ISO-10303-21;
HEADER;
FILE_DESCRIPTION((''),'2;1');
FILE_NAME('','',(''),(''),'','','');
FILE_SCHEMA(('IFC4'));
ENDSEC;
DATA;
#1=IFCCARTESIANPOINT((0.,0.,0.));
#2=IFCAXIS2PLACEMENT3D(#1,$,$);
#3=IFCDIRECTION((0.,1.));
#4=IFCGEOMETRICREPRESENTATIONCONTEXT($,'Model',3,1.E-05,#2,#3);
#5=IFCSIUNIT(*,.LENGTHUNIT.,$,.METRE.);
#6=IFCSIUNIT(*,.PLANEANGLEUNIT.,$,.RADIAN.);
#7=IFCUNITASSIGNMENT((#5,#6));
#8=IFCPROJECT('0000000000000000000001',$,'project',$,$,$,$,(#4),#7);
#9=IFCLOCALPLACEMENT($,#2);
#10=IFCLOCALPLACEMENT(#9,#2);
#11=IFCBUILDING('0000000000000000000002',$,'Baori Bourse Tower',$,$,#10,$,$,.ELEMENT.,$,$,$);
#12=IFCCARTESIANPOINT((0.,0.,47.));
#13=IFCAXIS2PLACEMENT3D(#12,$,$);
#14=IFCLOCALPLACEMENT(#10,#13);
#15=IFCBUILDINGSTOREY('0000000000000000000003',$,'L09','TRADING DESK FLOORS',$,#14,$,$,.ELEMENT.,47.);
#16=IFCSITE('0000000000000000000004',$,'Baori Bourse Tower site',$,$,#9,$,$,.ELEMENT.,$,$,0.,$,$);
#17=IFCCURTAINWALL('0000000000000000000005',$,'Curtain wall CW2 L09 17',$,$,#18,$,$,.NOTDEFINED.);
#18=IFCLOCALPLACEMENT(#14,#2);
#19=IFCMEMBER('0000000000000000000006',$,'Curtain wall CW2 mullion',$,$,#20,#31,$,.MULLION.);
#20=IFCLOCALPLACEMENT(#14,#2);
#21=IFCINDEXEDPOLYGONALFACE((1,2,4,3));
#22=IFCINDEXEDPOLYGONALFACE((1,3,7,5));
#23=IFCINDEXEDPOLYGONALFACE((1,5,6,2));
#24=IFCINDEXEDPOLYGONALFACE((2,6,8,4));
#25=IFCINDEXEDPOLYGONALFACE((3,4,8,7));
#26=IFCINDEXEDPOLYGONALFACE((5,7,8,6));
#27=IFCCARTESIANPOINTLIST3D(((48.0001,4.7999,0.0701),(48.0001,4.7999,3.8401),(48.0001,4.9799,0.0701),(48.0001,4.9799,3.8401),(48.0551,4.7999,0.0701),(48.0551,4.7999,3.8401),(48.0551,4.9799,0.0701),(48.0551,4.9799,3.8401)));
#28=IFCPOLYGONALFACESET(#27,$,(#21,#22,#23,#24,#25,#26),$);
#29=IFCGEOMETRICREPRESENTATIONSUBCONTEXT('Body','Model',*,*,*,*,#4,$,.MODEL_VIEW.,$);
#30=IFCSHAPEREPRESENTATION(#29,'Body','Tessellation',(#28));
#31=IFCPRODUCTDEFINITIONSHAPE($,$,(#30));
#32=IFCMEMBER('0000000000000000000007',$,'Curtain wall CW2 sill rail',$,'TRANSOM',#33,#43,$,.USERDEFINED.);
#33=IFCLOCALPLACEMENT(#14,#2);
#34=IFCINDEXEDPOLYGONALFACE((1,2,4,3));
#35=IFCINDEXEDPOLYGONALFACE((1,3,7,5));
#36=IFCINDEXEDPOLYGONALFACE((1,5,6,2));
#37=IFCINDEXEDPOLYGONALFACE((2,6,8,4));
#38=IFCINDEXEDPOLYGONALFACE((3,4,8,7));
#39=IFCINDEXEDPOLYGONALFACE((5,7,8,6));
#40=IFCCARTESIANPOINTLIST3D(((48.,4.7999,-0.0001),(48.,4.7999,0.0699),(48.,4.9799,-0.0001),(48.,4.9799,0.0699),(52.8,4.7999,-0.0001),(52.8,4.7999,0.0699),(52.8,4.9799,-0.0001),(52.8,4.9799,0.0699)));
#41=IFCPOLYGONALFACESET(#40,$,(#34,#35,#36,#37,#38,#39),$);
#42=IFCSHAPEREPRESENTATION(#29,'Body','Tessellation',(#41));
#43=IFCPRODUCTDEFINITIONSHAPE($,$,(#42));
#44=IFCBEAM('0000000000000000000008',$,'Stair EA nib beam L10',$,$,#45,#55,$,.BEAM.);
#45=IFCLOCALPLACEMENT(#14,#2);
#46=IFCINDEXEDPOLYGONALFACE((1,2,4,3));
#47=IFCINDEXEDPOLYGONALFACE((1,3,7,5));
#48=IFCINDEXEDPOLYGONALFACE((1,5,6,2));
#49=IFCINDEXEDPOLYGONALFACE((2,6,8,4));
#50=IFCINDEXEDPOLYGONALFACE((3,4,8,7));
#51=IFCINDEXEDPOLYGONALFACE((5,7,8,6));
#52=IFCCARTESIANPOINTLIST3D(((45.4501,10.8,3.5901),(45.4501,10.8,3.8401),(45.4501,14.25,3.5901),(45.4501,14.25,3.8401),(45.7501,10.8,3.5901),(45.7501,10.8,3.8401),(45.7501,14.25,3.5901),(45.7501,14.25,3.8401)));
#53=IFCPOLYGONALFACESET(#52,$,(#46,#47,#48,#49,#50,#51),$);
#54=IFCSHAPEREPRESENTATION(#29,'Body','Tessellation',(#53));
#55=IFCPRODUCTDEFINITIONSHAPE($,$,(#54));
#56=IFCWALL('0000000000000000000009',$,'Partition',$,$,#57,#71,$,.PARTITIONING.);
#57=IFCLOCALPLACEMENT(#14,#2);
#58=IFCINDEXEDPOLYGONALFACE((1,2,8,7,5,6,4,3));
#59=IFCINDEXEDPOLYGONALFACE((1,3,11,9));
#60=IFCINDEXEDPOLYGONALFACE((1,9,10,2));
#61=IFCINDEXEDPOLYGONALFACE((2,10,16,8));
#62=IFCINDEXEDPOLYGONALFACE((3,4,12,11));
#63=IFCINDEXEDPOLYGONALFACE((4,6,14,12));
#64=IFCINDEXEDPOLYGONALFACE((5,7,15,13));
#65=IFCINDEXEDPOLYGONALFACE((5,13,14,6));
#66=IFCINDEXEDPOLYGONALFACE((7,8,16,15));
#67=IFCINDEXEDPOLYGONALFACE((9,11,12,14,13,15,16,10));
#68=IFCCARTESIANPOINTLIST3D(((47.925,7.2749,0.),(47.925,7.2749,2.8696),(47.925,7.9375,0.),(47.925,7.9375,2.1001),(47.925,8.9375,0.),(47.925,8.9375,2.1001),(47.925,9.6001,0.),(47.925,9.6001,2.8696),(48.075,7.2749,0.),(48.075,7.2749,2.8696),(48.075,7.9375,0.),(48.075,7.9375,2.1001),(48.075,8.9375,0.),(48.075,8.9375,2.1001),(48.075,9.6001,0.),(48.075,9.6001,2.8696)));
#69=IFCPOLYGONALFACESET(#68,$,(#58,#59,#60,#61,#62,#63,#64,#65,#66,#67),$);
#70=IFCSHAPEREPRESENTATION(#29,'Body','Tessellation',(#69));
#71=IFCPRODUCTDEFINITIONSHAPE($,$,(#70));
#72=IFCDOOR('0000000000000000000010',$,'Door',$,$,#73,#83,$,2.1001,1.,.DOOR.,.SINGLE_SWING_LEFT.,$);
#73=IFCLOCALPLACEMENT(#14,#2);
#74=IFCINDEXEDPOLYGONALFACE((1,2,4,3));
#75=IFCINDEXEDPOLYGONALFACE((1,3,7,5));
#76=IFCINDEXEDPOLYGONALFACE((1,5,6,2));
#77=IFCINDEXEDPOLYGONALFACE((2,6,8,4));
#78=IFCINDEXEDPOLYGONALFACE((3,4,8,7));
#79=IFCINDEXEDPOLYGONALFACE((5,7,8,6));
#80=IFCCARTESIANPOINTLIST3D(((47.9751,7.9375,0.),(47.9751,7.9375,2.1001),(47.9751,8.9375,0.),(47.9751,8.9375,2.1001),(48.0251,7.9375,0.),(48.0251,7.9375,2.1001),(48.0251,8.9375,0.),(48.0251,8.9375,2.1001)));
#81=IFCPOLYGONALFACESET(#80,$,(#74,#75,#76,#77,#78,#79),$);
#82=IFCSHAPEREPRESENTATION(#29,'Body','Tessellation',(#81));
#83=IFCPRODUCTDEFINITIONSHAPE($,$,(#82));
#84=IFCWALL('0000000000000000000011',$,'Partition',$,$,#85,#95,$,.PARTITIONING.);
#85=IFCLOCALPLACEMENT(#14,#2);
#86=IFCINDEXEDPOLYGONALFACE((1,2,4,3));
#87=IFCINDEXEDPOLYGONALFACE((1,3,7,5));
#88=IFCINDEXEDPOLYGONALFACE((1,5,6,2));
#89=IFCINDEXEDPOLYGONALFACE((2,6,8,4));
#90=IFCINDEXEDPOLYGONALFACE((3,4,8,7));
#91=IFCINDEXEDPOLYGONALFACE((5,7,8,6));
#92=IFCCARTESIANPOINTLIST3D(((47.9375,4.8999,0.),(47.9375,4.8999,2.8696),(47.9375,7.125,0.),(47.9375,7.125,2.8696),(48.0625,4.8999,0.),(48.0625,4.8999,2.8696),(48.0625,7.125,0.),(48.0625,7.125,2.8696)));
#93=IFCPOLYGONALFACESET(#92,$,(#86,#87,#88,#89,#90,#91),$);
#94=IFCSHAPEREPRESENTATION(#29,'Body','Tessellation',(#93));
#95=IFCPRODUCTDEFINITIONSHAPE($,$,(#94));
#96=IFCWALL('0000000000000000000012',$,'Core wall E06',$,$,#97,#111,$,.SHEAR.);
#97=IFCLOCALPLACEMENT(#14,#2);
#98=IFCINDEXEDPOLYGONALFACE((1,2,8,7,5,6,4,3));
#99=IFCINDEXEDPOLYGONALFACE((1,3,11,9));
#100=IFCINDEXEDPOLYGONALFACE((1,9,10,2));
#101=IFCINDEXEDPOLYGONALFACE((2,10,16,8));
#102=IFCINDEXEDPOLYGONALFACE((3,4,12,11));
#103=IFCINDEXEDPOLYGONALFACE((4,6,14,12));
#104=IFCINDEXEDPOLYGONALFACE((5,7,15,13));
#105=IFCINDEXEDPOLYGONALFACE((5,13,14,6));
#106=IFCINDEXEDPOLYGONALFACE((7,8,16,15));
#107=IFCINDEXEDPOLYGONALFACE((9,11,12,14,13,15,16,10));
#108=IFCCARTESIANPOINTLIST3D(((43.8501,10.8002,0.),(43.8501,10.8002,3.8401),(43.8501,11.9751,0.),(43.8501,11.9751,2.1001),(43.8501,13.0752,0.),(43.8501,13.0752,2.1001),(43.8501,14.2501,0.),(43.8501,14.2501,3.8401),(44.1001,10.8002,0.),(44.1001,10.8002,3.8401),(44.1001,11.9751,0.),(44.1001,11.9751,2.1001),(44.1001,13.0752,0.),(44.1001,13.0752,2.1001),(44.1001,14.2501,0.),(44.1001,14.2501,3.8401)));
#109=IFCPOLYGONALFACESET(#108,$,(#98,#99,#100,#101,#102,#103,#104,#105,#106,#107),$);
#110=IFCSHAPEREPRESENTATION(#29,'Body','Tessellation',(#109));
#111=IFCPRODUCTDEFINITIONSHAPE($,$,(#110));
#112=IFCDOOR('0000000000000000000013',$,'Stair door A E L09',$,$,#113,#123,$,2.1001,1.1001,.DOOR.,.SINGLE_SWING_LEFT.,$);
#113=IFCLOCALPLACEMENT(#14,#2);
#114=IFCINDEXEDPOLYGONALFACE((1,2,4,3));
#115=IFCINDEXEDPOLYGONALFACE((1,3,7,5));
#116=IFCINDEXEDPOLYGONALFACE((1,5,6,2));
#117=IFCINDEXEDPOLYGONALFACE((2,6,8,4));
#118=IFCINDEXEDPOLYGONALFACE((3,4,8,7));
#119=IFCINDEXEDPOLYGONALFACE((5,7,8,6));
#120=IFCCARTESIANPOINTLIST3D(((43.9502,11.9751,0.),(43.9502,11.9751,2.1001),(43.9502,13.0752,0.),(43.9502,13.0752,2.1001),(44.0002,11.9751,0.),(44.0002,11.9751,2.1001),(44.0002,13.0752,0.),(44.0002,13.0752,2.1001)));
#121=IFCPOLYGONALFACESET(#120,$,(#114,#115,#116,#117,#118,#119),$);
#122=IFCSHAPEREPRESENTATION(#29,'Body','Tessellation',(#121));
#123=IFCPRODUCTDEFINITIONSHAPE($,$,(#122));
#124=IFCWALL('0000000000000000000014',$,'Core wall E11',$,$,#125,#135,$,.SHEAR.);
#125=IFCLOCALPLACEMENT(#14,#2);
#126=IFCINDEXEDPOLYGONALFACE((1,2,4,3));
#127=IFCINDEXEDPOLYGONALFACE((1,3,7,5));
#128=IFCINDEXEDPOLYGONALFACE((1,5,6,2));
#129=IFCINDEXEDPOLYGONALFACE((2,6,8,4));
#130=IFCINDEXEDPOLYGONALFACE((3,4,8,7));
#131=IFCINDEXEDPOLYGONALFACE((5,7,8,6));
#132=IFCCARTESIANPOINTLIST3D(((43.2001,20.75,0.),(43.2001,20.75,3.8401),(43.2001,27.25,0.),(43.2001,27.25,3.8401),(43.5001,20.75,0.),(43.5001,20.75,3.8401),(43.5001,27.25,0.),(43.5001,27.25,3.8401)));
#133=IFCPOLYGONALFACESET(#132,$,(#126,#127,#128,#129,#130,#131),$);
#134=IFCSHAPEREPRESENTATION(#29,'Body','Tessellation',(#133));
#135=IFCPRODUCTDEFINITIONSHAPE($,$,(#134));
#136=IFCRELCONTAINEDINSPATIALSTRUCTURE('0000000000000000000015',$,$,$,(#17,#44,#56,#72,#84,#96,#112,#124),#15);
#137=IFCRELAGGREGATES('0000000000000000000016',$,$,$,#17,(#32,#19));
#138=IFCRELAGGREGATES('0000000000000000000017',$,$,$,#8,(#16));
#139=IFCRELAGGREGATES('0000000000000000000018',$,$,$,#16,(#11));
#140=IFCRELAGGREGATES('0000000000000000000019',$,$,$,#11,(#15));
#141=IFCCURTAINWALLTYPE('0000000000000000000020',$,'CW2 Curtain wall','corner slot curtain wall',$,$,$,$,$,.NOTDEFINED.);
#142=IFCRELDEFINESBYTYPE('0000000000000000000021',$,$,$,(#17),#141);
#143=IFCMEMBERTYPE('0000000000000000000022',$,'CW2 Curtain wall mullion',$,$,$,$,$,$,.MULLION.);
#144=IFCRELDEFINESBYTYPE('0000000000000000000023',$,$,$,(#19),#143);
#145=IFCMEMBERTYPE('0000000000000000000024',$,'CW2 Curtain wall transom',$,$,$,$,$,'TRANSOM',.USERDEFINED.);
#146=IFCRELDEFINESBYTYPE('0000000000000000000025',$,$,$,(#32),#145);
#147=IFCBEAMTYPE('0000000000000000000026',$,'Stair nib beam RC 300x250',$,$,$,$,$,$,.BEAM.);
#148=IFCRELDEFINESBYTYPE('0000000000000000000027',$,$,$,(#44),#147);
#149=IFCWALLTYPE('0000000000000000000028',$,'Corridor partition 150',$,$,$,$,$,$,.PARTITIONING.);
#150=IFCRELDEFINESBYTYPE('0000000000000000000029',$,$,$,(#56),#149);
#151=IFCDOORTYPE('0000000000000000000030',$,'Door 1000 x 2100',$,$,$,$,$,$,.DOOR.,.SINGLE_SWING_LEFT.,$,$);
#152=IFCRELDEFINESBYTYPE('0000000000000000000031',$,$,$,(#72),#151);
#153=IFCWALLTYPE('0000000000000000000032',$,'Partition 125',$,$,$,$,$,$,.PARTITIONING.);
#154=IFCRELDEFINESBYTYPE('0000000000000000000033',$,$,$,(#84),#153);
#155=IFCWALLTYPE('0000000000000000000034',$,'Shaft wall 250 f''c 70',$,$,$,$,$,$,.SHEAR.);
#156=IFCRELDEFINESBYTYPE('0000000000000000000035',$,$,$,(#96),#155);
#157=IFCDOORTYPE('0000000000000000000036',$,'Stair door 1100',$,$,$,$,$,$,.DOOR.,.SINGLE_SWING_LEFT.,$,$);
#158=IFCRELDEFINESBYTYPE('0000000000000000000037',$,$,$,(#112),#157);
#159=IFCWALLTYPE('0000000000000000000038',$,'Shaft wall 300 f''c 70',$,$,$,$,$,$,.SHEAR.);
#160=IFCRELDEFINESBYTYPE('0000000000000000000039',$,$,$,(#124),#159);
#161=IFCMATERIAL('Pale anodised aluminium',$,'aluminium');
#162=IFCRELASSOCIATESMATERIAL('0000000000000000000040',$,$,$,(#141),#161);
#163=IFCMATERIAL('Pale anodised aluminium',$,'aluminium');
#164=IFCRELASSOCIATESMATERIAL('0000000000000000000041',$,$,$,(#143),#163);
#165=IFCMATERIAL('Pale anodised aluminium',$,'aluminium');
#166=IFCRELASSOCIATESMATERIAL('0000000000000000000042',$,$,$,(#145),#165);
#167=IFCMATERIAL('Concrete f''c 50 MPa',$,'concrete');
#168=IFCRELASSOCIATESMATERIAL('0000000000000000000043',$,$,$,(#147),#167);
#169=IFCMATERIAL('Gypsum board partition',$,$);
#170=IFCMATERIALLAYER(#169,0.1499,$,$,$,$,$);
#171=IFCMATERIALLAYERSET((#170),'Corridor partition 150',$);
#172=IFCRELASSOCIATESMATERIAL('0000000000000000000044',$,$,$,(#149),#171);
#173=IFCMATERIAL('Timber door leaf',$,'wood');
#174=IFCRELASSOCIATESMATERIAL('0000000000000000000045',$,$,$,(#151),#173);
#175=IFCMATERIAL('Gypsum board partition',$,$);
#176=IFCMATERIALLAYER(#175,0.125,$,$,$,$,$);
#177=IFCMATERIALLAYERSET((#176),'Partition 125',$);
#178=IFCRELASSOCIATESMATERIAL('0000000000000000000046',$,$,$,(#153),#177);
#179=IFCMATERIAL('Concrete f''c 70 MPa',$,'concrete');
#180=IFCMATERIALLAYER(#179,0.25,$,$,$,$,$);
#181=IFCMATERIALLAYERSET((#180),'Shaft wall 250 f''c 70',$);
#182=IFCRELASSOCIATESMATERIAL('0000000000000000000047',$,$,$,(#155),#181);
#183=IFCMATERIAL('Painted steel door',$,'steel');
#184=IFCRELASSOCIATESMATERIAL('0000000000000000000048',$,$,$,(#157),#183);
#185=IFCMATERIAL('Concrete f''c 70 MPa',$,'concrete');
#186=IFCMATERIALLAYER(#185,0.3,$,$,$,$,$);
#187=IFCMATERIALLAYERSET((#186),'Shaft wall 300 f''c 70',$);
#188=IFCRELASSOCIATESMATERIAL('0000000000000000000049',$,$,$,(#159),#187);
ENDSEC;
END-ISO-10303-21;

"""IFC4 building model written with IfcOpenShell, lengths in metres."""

from ifc_helpers import new_model, si_unit, direction, frame, frame_2d, origin, origin_2d, place, context, subcontext, project, spatial, rectangle, extrude, material, layer, layer_set, material_profile, profile_set, type_object, element, fill, aggregate, save


model = new_model("IFC4")

# Units and contexts
model_context = context("Model", 3, precision=1e-05, world=origin(), true_north=direction((0.0, 1.0)))
body_context = subcontext(model_context, "Body", "Model", "MODEL_VIEW")
ifc_project = project(units=[si_unit("LENGTHUNIT", "METRE"), si_unit("PLANEANGLEUNIT", "RADIAN")], contexts=[model_context])

# Site, building, storey
site_placement = place(None, origin())
site = spatial("IfcSite", under=ifc_project, at=site_placement, Name="Baori Bourse Tower site", CompositionType="ELEMENT", RefElevation=0.0)
building_placement = place(site_placement, origin())
building = spatial("IfcBuilding", under=site, at=building_placement, Name="Baori Bourse Tower", CompositionType="ELEMENT")
storey_placement = place(building_placement, frame((0.0, 0.0, 47.0)))
storey = spatial("IfcBuildingStorey", under=building, at=storey_placement, Name="L09", Description="TRADING DESK FLOORS", CompositionType="ELEMENT", Elevation=47.0)

# Curtain wall, members
ifc_material_1 = material(Name="Pale anodised aluminium", Category="aluminium")
curtain_wall_type = type_object("IfcCurtainWallType", Name="CW2 Curtain wall", Description="corner slot curtain wall", PredefinedType="NOTDEFINED", material=ifc_material_1)
curtain_wall_placement = place(storey_placement, origin())
curtain_wall = element("IfcCurtainWall", 1, at=curtain_wall_placement, inside=storey, type_object=curtain_wall_type, Name="Curtain wall CW2 L09 17", PredefinedType="NOTDEFINED")
ifc_material_2 = material(Name="Pale anodised aluminium", Category="aluminium")
ifc_material_profile_1 = material_profile(ifc_material_2, rectangle(XDim=0.1799, YDim=0.0549, at=origin_2d()), Name="Mullion 55x180")
ifc_profile_set_1 = profile_set([ifc_material_profile_1], Name="Pale anodised aluminium")
member_type_1 = type_object("IfcMemberType", Name="CW2 Curtain wall mullion", PredefinedType="MULLION", material=ifc_profile_set_1)
member_1_placement = place(storey_placement, frame((48.0276, 4.8899, 0.0701), z_axis=(0.0, 0.0, 1.0), x_axis=(0.0, 1.0, 0.0)))
member_1 = element("IfcMember", 2, at=member_1_placement, type_object=member_type_1, Name="Curtain wall CW2 mullion", PredefinedType="MULLION", context=body_context, shape_type="SweptSolid", body=[
    extrude(rectangle(XDim=0.1799, YDim=0.0549, at=origin_2d()), origin(), (0.0, 0.0, 1.0), 3.77),
])
ifc_material_3 = material(Name="Pale anodised aluminium", Category="aluminium")
ifc_material_profile_2 = material_profile(ifc_material_3, rectangle(XDim=0.1799, YDim=0.0701, at=origin_2d()), Name="Transom 70x180")
ifc_profile_set_2 = profile_set([ifc_material_profile_2], Name="Pale anodised aluminium")
member_type_2 = type_object("IfcMemberType", Name="CW2 Curtain wall transom", ElementType="TRANSOM", PredefinedType="USERDEFINED", material=ifc_profile_set_2)
member_2_placement = place(storey_placement, frame((48.0, 4.8899, 0.0349), z_axis=(1.0, 0.0, 0.0), x_axis=(0.0, 1.0, 0.0)))
member_2 = element("IfcMember", 3, at=member_2_placement, type_object=member_type_2, Name="Curtain wall CW2 sill rail", ObjectType="TRANSOM", PredefinedType="USERDEFINED", context=body_context, shape_type="SweptSolid", body=[
    extrude(rectangle(XDim=0.1799, YDim=0.0701, at=origin_2d()), origin(), (0.0, 0.0, 1.0), 4.8),
])
aggregate(curtain_wall, [member_2, member_1])

# Beam
ifc_material_4 = material(Name="Concrete f'c 50 MPa", Category="concrete")
ifc_material_profile_3 = material_profile(ifc_material_4, rectangle(XDim=0.3, YDim=0.25, at=origin_2d()), Name="RC 300x250")
ifc_profile_set_3 = profile_set([ifc_material_profile_3], Name="Concrete f'c 50 MPa")
beam_type = type_object("IfcBeamType", Name="Stair nib beam RC 300x250", PredefinedType="BEAM", material=ifc_profile_set_3)
beam_placement = place(storey_placement, frame((45.6001, 10.8, 3.7151), z_axis=(0.0, 1.0, 0.0), x_axis=(-1.0, 0.0, 0.0)))
element("IfcBeam", 4, at=beam_placement, inside=storey, type_object=beam_type, Name="Stair EA nib beam L10", PredefinedType="BEAM", context=body_context, shape_type="SweptSolid", body=[
    extrude(rectangle(XDim=0.3, YDim=0.25, at=origin_2d()), origin(), (0.0, 0.0, 1.0), 3.45),
])

# Wall, opening, door
ifc_material_5 = material(Name="Gypsum board partition")
ifc_layer_1 = layer(ifc_material_5, 0.1499)
ifc_layer_set_1 = layer_set([ifc_layer_1], Name="Corridor partition 150")
wall_type_1 = type_object("IfcWallType", Name="Corridor partition 150", PredefinedType="PARTITIONING", material=ifc_layer_set_1)
wall_1_placement = place(storey_placement, frame((48.0, 7.2749, 0.0), z_axis=(0.0, 0.0, 1.0), x_axis=(0.0, 1.0, 0.0)))
wall_1 = element("IfcWall", 5, at=wall_1_placement, inside=storey, type_object=wall_type_1, Name="Partition", PredefinedType="PARTITIONING", context=body_context, shape_type="SweptSolid", body=[
    extrude(rectangle(XDim=2.3252, YDim=0.1499, at=frame_2d((1.1626, 0.0))), origin(), (0.0, 0.0, 1.0), 2.8696),
])
opening_1_placement = place(wall_1_placement, frame((0.6626, 0.0, 0.0)))
opening_1 = element("IfcOpeningElement", 6, at=opening_1_placement, cuts=wall_1, PredefinedType="OPENING", context=body_context, shape_type="SweptSolid", body=[
    extrude(rectangle(XDim=1.0, YDim=2.1001, at=frame_2d((0.5, 1.05))), frame((0.0, 0.085, 0.0), z_axis=(0.0, -1.0, 0.0), x_axis=(1.0, 0.0, 0.0)), (0.0, 0.0, 1.0), 0.1699),
])
ifc_material_6 = material(Name="Timber door leaf", Category="wood")
door_type_1 = type_object("IfcDoorType", Name="Door 1000 x 2100", OperationType="SINGLE_SWING_LEFT", PredefinedType="DOOR", material=ifc_material_6)
door_1_placement = place(opening_1_placement, origin())
door_1 = element("IfcDoor", 7, at=door_1_placement, inside=storey, type_object=door_type_1, Name="Door", OperationType="SINGLE_SWING_LEFT", OverallHeight=2.1001, OverallWidth=1.0, PredefinedType="DOOR", context=body_context, shape_type="SweptSolid", body=[
    extrude(rectangle(XDim=1.0, YDim=2.1001, at=frame_2d((0.5, 1.05))), frame((0.0, 0.0249, 0.0), z_axis=(0.0, -1.0, 0.0), x_axis=(1.0, 0.0, 0.0)), (0.0, 0.0, 1.0), 0.05),
])
fill(opening_1, door_1)

# Wall
ifc_material_7 = material(Name="Gypsum board partition")
ifc_layer_2 = layer(ifc_material_7, 0.125)
ifc_layer_set_2 = layer_set([ifc_layer_2], Name="Partition 125")
wall_type_2 = type_object("IfcWallType", Name="Partition 125", PredefinedType="PARTITIONING", material=ifc_layer_set_2)
wall_2_placement = place(storey_placement, frame((48.0, 4.8999, 0.0), z_axis=(0.0, 0.0, 1.0), x_axis=(0.0, 1.0, 0.0)))
element("IfcWall", 8, at=wall_2_placement, inside=storey, type_object=wall_type_2, Name="Partition", PredefinedType="PARTITIONING", context=body_context, shape_type="SweptSolid", body=[
    extrude(rectangle(XDim=2.2251, YDim=0.125, at=frame_2d((1.1125, 0.0))), origin(), (0.0, 0.0, 1.0), 2.8696),
])

# Wall, opening, door
ifc_material_8 = material(Name="Concrete f'c 70 MPa", Category="concrete")
ifc_layer_3 = layer(ifc_material_8, 0.25)
ifc_layer_set_3 = layer_set([ifc_layer_3], Name="Shaft wall 250 f'c 70")
wall_type_3 = type_object("IfcWallType", Name="Shaft wall 250 f'c 70", PredefinedType="SHEAR", material=ifc_layer_set_3)
wall_3_placement = place(storey_placement, frame((43.9751, 10.8, 0.0), z_axis=(0.0, 0.0, 1.0), x_axis=(0.0, 1.0, 0.0)))
wall_3 = element("IfcWall", 9, at=wall_3_placement, inside=storey, type_object=wall_type_3, Name="Core wall E06", PredefinedType="SHEAR", context=body_context, shape_type="SweptSolid", body=[
    extrude(rectangle(XDim=3.45, YDim=0.25, at=frame_2d((1.7251, 0.0))), origin(), (0.0, 0.0, 1.0), 3.8401),
])
opening_2_placement = place(wall_3_placement, frame((1.175, 0.0, 0.0)))
opening_2 = element("IfcOpeningElement", 10, at=opening_2_placement, cuts=wall_3, PredefinedType="OPENING", context=body_context, shape_type="SweptSolid", body=[
    extrude(rectangle(XDim=1.1001, YDim=2.1001, at=frame_2d((0.55, 1.05))), frame((0.0, 0.135, 0.0), z_axis=(0.0, -1.0, 0.0), x_axis=(1.0, 0.0, 0.0)), (0.0, 0.0, 1.0), 0.27),
])
ifc_material_9 = material(Name="Painted steel door", Category="steel")
door_type_2 = type_object("IfcDoorType", Name="Stair door 1100", OperationType="SINGLE_SWING_LEFT", PredefinedType="DOOR", material=ifc_material_9)
door_2_placement = place(opening_2_placement, origin())
door_2 = element("IfcDoor", 11, at=door_2_placement, inside=storey, type_object=door_type_2, Name="Stair door A E L09", OperationType="SINGLE_SWING_LEFT", OverallHeight=2.1001, OverallWidth=1.1001, PredefinedType="DOOR", context=body_context, shape_type="SweptSolid", body=[
    extrude(rectangle(XDim=1.1001, YDim=2.1001, at=frame_2d((0.55, 1.05))), frame((0.0, 0.0249, 0.0), z_axis=(0.0, -1.0, 0.0), x_axis=(1.0, 0.0, 0.0)), (0.0, 0.0, 1.0), 0.05),
])
fill(opening_2, door_2)

# Wall
ifc_material_10 = material(Name="Concrete f'c 70 MPa", Category="concrete")
ifc_layer_4 = layer(ifc_material_10, 0.3)
ifc_layer_set_4 = layer_set([ifc_layer_4], Name="Shaft wall 300 f'c 70")
wall_type_4 = type_object("IfcWallType", Name="Shaft wall 300 f'c 70", PredefinedType="SHEAR", material=ifc_layer_set_4)
wall_4_placement = place(storey_placement, frame((43.3501, 20.75, 0.0), z_axis=(0.0, 0.0, 1.0), x_axis=(0.0, 1.0, 0.0)))
element("IfcWall", 12, at=wall_4_placement, inside=storey, type_object=wall_type_4, Name="Core wall E11", PredefinedType="SHEAR", context=body_context, shape_type="SweptSolid", body=[
    extrude(rectangle(XDim=6.5, YDim=0.3, at=frame_2d((3.25, 0.0))), origin(), (0.0, 0.0, 1.0), 3.8401),
])

save(model, "model.ifc")
